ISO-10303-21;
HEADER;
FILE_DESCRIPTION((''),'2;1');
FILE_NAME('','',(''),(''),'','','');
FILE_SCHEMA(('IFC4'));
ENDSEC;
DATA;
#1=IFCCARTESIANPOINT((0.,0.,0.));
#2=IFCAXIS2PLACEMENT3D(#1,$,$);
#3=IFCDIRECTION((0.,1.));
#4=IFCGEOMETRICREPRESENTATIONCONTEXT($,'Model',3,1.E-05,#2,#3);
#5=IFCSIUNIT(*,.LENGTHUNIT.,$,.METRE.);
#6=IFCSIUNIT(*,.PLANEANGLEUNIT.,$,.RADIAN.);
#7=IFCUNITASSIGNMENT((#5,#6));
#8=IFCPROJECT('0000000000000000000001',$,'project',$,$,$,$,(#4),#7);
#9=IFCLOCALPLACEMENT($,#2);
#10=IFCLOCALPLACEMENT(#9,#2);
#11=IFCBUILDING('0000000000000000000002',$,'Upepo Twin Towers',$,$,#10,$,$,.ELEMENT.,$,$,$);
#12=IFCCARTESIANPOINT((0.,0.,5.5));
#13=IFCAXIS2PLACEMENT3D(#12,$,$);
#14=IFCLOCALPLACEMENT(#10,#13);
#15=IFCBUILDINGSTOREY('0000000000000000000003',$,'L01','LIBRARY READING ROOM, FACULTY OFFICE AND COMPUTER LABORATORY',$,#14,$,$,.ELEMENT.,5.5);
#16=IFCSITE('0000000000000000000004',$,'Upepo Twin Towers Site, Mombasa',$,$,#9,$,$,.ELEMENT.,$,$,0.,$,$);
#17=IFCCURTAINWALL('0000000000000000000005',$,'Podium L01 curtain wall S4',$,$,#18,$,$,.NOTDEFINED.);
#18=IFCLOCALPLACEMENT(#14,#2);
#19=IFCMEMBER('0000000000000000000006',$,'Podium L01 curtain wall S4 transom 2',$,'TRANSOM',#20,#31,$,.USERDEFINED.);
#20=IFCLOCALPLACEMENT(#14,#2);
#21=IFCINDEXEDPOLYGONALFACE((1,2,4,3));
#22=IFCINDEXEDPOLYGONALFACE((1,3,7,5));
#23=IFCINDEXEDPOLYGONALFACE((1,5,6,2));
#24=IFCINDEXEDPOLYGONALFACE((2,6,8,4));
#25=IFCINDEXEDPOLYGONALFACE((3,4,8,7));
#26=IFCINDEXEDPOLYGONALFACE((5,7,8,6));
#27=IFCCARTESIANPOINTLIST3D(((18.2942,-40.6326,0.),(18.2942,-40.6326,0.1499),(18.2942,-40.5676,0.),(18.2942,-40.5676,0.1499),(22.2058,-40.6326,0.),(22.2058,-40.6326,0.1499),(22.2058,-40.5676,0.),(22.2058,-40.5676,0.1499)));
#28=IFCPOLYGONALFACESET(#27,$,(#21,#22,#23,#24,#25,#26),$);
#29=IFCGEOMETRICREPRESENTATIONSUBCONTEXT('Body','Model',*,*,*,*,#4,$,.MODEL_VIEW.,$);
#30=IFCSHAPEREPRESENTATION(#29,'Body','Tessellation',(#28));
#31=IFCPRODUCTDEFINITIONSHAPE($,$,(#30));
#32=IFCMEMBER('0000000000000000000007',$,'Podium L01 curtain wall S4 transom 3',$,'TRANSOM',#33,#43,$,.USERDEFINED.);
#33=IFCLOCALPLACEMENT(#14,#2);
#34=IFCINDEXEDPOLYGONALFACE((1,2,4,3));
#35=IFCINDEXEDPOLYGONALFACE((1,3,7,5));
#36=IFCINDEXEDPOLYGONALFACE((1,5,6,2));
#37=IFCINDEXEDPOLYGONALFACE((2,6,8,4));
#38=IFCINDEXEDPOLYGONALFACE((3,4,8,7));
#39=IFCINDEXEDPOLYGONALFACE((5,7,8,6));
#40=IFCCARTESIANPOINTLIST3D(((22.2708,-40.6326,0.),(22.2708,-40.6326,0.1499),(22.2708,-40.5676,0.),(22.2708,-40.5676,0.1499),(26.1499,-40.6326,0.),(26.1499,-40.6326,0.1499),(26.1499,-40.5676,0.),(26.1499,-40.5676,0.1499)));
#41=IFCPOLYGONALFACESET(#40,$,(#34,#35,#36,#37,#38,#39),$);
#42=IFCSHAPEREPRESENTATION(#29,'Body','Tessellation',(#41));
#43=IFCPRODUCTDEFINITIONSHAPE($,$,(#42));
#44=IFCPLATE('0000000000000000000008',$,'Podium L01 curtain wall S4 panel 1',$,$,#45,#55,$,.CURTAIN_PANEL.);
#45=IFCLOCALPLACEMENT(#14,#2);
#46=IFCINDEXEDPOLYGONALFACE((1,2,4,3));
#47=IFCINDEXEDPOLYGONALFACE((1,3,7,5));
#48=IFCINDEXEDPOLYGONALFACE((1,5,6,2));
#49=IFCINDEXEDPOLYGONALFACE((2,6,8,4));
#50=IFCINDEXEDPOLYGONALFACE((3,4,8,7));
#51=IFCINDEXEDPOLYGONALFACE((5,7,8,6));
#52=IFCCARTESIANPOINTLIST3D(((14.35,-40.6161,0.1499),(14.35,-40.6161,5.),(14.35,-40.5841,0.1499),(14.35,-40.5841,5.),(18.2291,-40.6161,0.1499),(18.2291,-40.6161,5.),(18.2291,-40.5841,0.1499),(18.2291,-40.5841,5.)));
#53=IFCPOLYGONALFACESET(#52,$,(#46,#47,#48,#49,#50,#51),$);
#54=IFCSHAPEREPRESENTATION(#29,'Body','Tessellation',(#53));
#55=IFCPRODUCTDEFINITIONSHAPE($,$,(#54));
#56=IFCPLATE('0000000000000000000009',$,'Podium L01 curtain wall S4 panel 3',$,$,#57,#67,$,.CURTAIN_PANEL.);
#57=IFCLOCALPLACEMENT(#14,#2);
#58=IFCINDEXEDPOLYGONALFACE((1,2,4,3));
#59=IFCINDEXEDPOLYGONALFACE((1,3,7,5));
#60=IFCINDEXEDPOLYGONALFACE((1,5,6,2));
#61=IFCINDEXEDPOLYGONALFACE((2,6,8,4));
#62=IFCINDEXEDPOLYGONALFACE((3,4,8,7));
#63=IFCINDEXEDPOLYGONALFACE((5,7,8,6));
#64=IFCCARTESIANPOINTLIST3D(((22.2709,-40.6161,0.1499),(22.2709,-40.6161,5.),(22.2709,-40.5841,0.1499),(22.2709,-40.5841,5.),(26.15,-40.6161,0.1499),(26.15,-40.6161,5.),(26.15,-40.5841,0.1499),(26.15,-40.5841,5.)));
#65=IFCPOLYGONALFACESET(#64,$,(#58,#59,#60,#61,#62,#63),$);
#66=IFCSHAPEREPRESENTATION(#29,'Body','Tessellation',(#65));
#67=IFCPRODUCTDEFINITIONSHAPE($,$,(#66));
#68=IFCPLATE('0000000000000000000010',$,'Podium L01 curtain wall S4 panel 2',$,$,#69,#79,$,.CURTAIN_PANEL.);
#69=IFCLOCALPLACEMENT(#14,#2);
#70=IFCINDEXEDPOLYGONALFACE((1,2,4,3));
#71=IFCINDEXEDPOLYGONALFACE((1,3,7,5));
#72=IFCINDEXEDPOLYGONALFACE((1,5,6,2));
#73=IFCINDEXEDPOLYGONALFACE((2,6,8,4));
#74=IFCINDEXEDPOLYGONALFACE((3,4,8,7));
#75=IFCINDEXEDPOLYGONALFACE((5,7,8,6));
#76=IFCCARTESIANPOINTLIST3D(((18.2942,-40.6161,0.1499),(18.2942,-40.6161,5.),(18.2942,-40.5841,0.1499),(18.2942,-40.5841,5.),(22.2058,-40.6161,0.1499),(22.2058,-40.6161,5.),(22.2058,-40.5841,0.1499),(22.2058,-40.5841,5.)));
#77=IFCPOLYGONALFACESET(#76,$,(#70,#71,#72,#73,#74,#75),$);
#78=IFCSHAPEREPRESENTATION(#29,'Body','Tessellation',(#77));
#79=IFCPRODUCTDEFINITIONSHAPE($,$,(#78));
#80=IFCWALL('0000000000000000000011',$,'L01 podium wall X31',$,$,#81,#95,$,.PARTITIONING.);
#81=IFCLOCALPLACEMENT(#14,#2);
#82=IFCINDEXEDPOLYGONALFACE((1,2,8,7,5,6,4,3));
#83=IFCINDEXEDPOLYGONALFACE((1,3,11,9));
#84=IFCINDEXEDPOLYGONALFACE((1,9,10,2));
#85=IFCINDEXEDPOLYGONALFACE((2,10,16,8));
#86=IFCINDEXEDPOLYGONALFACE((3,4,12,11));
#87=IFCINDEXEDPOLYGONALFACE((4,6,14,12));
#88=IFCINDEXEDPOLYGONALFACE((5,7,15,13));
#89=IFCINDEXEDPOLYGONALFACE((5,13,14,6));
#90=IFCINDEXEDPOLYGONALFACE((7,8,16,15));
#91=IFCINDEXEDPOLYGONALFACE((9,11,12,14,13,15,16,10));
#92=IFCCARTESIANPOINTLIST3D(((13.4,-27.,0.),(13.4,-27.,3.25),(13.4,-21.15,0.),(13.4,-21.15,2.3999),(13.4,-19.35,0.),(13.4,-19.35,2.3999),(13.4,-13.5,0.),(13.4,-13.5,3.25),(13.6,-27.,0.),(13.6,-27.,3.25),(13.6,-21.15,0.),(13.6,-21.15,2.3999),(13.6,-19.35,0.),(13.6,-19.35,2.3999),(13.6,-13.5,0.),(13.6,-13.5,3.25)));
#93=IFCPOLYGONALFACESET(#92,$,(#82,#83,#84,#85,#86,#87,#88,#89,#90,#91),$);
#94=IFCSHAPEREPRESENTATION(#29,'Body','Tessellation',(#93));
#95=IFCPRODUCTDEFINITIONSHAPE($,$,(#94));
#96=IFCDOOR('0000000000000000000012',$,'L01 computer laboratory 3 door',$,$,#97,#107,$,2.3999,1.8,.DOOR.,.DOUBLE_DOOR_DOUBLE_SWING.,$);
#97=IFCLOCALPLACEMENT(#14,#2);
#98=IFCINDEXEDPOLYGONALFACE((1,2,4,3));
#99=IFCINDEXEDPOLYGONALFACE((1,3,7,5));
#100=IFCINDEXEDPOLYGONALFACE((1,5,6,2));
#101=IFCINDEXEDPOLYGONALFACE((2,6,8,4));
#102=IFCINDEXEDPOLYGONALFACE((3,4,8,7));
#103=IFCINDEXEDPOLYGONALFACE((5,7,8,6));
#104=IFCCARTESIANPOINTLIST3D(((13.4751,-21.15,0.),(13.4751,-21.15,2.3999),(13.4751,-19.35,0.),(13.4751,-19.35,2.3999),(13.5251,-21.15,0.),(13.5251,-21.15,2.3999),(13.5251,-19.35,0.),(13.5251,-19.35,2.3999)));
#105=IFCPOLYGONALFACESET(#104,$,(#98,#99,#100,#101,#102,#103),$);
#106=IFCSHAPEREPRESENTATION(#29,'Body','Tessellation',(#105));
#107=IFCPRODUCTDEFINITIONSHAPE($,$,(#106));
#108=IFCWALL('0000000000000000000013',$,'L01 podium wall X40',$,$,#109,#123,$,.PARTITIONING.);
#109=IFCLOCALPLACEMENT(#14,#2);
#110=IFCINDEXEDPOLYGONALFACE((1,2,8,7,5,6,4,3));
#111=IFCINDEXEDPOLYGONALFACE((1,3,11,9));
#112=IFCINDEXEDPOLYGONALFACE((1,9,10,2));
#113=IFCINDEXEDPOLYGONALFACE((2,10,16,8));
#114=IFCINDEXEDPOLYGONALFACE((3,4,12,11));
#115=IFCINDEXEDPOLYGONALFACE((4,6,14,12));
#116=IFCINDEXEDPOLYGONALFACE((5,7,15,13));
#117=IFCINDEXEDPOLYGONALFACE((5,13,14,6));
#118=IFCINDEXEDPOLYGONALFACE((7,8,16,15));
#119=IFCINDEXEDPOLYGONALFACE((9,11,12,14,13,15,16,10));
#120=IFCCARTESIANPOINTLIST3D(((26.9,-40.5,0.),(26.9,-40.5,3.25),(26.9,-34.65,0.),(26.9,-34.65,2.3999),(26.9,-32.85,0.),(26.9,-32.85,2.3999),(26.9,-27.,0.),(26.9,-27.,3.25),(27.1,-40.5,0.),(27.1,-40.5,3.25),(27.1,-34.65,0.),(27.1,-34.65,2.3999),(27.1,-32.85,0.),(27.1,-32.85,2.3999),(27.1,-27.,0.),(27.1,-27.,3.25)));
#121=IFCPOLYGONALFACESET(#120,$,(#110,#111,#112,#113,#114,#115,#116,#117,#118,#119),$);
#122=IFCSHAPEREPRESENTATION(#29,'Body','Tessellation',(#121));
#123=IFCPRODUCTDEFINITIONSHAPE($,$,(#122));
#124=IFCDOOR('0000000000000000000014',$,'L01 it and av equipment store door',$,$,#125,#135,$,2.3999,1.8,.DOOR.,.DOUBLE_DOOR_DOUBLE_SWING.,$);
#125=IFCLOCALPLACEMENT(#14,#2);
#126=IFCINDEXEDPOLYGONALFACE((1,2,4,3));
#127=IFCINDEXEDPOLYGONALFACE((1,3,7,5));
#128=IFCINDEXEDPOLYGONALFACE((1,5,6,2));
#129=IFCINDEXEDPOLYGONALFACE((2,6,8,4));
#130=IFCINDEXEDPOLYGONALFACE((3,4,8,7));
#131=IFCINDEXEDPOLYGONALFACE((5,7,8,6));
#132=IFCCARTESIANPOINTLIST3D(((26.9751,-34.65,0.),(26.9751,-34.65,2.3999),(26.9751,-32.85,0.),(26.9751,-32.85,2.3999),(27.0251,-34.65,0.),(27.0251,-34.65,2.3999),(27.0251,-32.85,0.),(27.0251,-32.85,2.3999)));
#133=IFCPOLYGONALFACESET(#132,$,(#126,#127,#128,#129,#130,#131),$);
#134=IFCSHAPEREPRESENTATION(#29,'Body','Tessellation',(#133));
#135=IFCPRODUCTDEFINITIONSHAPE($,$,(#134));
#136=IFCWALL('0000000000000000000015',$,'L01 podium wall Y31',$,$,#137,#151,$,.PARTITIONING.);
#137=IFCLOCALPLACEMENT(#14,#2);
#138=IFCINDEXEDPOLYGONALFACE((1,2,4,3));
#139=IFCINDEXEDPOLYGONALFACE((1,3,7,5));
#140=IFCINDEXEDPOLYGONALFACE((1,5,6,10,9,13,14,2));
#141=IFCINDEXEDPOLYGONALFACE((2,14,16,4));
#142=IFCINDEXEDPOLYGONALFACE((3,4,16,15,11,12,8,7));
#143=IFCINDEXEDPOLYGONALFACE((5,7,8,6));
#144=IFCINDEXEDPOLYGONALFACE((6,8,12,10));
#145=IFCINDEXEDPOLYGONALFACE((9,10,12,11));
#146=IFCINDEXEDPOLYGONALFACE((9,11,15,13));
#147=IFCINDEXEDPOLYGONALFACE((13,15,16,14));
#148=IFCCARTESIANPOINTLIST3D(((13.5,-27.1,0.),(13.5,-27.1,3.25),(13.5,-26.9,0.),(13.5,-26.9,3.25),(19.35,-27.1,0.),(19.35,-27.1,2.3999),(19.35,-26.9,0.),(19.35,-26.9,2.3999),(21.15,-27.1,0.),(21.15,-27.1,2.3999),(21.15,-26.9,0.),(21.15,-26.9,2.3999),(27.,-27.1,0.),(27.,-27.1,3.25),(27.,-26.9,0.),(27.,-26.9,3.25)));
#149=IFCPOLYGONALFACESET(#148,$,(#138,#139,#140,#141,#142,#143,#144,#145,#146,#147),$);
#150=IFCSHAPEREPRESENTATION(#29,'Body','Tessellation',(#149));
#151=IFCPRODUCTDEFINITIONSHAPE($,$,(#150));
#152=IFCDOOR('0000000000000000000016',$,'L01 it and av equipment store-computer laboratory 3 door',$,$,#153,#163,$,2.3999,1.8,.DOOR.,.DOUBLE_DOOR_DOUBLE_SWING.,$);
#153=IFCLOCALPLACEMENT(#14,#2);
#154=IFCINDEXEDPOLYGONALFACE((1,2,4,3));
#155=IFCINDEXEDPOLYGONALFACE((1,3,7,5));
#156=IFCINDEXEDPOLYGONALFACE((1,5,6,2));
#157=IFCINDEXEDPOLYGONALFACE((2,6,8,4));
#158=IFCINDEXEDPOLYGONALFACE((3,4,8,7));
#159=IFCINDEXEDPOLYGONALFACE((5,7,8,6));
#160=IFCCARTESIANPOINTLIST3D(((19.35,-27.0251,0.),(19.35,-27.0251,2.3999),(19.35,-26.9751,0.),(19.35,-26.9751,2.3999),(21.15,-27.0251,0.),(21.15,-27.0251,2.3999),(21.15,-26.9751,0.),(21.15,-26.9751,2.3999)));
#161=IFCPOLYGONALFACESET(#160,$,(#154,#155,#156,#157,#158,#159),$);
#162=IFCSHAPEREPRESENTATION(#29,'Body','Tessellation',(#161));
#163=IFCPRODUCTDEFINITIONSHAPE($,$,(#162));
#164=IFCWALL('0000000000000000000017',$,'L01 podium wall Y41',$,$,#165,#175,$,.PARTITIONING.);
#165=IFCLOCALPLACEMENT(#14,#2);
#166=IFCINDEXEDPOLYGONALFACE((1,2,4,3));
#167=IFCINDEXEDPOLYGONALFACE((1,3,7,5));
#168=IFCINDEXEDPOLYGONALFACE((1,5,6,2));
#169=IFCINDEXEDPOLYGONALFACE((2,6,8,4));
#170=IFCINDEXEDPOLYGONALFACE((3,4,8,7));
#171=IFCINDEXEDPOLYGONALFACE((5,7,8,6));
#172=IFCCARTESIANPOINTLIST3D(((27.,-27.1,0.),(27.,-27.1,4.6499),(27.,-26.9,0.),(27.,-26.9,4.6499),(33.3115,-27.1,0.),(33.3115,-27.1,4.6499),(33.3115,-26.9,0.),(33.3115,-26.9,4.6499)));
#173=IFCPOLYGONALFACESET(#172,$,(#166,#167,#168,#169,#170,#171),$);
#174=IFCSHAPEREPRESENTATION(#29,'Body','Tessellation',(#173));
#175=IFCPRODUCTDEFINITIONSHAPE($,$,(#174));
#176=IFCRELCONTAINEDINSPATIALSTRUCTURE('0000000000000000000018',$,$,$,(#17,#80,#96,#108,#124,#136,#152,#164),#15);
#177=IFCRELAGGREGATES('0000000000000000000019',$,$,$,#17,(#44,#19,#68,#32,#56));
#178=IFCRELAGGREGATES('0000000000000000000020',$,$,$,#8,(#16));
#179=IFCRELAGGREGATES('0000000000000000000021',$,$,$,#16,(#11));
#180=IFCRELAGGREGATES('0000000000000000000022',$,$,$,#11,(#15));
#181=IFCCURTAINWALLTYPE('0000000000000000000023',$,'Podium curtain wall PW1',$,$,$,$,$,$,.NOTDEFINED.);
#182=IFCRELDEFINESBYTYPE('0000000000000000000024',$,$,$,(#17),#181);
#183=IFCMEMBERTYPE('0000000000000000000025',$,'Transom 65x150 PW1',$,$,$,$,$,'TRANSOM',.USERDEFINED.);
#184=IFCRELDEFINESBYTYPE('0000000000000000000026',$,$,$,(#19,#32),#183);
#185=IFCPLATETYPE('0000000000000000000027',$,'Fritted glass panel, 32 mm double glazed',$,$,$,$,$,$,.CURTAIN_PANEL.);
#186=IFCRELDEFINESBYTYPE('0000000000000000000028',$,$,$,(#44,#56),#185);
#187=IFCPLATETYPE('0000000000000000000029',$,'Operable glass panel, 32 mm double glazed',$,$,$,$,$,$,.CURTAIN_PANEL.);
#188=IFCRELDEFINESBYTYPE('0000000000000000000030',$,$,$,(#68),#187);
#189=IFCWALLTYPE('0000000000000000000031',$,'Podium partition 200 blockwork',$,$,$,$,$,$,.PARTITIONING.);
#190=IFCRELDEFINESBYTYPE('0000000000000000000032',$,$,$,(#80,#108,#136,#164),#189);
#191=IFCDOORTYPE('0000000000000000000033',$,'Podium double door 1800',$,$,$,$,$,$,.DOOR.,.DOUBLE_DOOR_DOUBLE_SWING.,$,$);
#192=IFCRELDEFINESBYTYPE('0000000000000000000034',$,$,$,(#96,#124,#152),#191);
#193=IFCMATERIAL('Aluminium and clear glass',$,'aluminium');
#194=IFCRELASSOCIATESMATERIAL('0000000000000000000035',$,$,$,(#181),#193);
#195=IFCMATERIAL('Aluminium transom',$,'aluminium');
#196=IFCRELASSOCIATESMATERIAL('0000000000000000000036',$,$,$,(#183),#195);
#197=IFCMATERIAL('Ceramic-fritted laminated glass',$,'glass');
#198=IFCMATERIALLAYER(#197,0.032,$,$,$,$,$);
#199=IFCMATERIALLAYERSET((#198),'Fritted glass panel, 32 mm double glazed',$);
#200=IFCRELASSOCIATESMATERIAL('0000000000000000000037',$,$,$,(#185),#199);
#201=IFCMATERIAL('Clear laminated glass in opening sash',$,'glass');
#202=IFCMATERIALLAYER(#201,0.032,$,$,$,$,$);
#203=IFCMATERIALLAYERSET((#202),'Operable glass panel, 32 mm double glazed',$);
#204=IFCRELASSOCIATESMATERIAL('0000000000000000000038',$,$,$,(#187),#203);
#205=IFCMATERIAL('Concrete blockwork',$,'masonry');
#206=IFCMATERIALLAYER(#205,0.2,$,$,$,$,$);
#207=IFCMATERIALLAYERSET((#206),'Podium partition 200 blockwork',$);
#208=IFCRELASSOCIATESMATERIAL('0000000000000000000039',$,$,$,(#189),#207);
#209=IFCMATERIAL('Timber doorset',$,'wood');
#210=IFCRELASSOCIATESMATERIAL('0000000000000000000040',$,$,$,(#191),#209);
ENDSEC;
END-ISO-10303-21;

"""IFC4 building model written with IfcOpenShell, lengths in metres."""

from ifc_helpers import new_model, si_unit, direction, frame, frame_2d, origin, origin_2d, place, context, subcontext, project, spatial, rectangle, extrude, material, layer, layer_set, material_profile, profile_set, type_object, element, fill, aggregate, save


model = new_model("IFC4")

# Units and contexts
model_context = context("Model", 3, precision=1e-05, world=origin(), true_north=direction((0.0, 1.0)))
body_context = subcontext(model_context, "Body", "Model", "MODEL_VIEW")
ifc_project = project(units=[si_unit("LENGTHUNIT", "METRE"), si_unit("PLANEANGLEUNIT", "RADIAN")], contexts=[model_context])

# Site, building, storey
site_placement = place(None, origin())
site = spatial("IfcSite", under=ifc_project, at=site_placement, Name="Upepo Twin Towers Site, Mombasa", CompositionType="ELEMENT", RefElevation=0.0)
building_placement = place(site_placement, origin())
building = spatial("IfcBuilding", under=site, at=building_placement, Name="Upepo Twin Towers", CompositionType="ELEMENT")
storey_placement = place(building_placement, frame((0.0, 0.0, 5.5)))
storey = spatial("IfcBuildingStorey", under=building, at=storey_placement, Name="L01", Description="LIBRARY READING ROOM, FACULTY OFFICE AND COMPUTER LABORATORY", CompositionType="ELEMENT", Elevation=5.5)

# Curtain wall
ifc_material_1 = material(Name="Aluminium and clear glass", Category="aluminium")
curtain_wall_type = type_object("IfcCurtainWallType", Name="Podium curtain wall PW1", PredefinedType="NOTDEFINED", material=ifc_material_1)
curtain_wall_placement = place(storey_placement, origin())
curtain_wall = element("IfcCurtainWall", 1, at=curtain_wall_placement, inside=storey, type_object=curtain_wall_type, Name="Podium L01 curtain wall S4", PredefinedType="NOTDEFINED")

# Members
ifc_material_2 = material(Name="Aluminium transom", Category="aluminium")
ifc_material_profile_1 = material_profile(ifc_material_2, rectangle(XDim=0.0649, YDim=0.1499, at=origin_2d()), Name="TRANSOM 65x150 PODIUM")
ifc_profile_set_1 = profile_set([ifc_material_profile_1], Name="Aluminium transom")
member_type_1 = type_object("IfcMemberType", Name="Transom 65x150 PW1", ElementType="TRANSOM", PredefinedType="USERDEFINED", material=ifc_profile_set_1)
member_1_placement = place(storey_placement, frame((18.2942, -40.6001, 0.075), z_axis=(1.0, 0.0, 0.0), x_axis=(0.0, 1.0, 0.0)))
member_1 = element("IfcMember", 2, at=member_1_placement, type_object=member_type_1, Name="Podium L01 curtain wall S4 transom 2", ObjectType="TRANSOM", PredefinedType="USERDEFINED", context=body_context, shape_type="SweptSolid", body=[
    extrude(rectangle(XDim=0.0649, YDim=0.1499, at=origin_2d()), origin(), (0.0, 0.0, 1.0), 3.9116),
])
member_2_placement = place(storey_placement, frame((22.2708, -40.6001, 0.075), z_axis=(1.0, 0.0, 0.0), x_axis=(0.0, 1.0, 0.0)))
member_2 = element("IfcMember", 3, at=member_2_placement, type_object=member_type_1, Name="Podium L01 curtain wall S4 transom 3", ObjectType="TRANSOM", PredefinedType="USERDEFINED", context=body_context, shape_type="SweptSolid", body=[
    extrude(rectangle(XDim=0.0649, YDim=0.1499, at=origin_2d()), origin(), (0.0, 0.0, 1.0), 3.8792),
])

# Plates
ifc_material_3 = material(Name="Ceramic-fritted laminated glass", Category="glass")
ifc_layer_1 = layer(ifc_material_3, 0.032)
ifc_layer_set_1 = layer_set([ifc_layer_1], Name="Fritted glass panel, 32 mm double glazed")
plate_type_1 = type_object("IfcPlateType", Name="Fritted glass panel, 32 mm double glazed", PredefinedType="CURTAIN_PANEL", material=ifc_layer_set_1)
plate_1_placement = place(storey_placement, frame((16.2896, -40.6001, 0.1499), z_axis=(0.0, 0.0, 1.0), x_axis=(1.0, 0.0, 0.0)))
plate_1 = element("IfcPlate", 4, at=plate_1_placement, type_object=plate_type_1, Name="Podium L01 curtain wall S4 panel 1", PredefinedType="CURTAIN_PANEL", context=body_context, shape_type="SweptSolid", body=[
    extrude(rectangle(XDim=3.8792, YDim=0.032, at=origin_2d()), origin(), (0.0, 0.0, 1.0), 4.8501),
])
plate_2_placement = place(storey_placement, frame((24.2104, -40.6001, 0.1499), z_axis=(0.0, 0.0, 1.0), x_axis=(1.0, 0.0, 0.0)))
plate_2 = element("IfcPlate", 5, at=plate_2_placement, type_object=plate_type_1, Name="Podium L01 curtain wall S4 panel 3", PredefinedType="CURTAIN_PANEL", context=body_context, shape_type="SweptSolid", body=[
    extrude(rectangle(XDim=3.8792, YDim=0.032, at=origin_2d()), origin(), (0.0, 0.0, 1.0), 4.8501),
])
ifc_material_4 = material(Name="Clear laminated glass in opening sash", Category="glass")
ifc_layer_2 = layer(ifc_material_4, 0.032)
ifc_layer_set_2 = layer_set([ifc_layer_2], Name="Operable glass panel, 32 mm double glazed")
plate_type_2 = type_object("IfcPlateType", Name="Operable glass panel, 32 mm double glazed", PredefinedType="CURTAIN_PANEL", material=ifc_layer_set_2)
plate_3_placement = place(storey_placement, frame((20.25, -40.6001, 0.1499), z_axis=(0.0, 0.0, 1.0), x_axis=(1.0, 0.0, 0.0)))
plate_3 = element("IfcPlate", 6, at=plate_3_placement, type_object=plate_type_2, Name="Podium L01 curtain wall S4 panel 2", PredefinedType="CURTAIN_PANEL", context=body_context, shape_type="SweptSolid", body=[
    extrude(rectangle(XDim=3.9116, YDim=0.032, at=origin_2d()), origin(), (0.0, 0.0, 1.0), 4.8501),
])
aggregate(curtain_wall, [plate_1, member_1, plate_3, member_2, plate_2])

# Walls, openings, doors
ifc_material_5 = material(Name="Concrete blockwork", Category="masonry")
ifc_layer_3 = layer(ifc_material_5, 0.2)
ifc_layer_set_3 = layer_set([ifc_layer_3], Name="Podium partition 200 blockwork")
wall_type = type_object("IfcWallType", Name="Podium partition 200 blockwork", PredefinedType="PARTITIONING", material=ifc_layer_set_3)
wall_1_placement = place(storey_placement, frame((13.5, -27.0, 0.0), z_axis=(0.0, 0.0, 1.0), x_axis=(0.0, 1.0, 0.0)))
wall_1 = element("IfcWall", 7, at=wall_1_placement, inside=storey, type_object=wall_type, Name="L01 podium wall X31", PredefinedType="PARTITIONING", context=body_context, shape_type="SweptSolid", body=[
    extrude(rectangle(XDim=13.5, YDim=0.2, at=frame_2d((6.75, 0.0))), origin(), (0.0, 0.0, 1.0), 3.25),
])
opening_1_placement = place(wall_1_placement, frame((5.8501, 0.0, 0.0)))
opening_1 = element("IfcOpeningElement", 8, at=opening_1_placement, cuts=wall_1, PredefinedType="OPENING", context=body_context, shape_type="SweptSolid", body=[
    extrude(rectangle(XDim=1.8, YDim=2.3999, at=frame_2d((0.8999, 1.2))), frame((0.0, 0.1099, 0.0), z_axis=(0.0, -1.0, 0.0), x_axis=(1.0, 0.0, 0.0)), (0.0, 0.0, 1.0), 0.22),
])
ifc_material_6 = material(Name="Timber doorset", Category="wood")
door_type = type_object("IfcDoorType", Name="Podium double door 1800", OperationType="DOUBLE_DOOR_DOUBLE_SWING", PredefinedType="DOOR", material=ifc_material_6)
door_1_placement = place(opening_1_placement, origin())
door_1 = element("IfcDoor", 9, at=door_1_placement, inside=storey, type_object=door_type, Name="L01 computer laboratory 3 door", OperationType="DOUBLE_DOOR_DOUBLE_SWING", OverallHeight=2.3999, OverallWidth=1.8, PredefinedType="DOOR", context=body_context, shape_type="SweptSolid", body=[
    extrude(rectangle(XDim=1.8, YDim=2.3999, at=frame_2d((0.8999, 1.2))), frame((0.0, 0.0249, 0.0), z_axis=(0.0, -1.0, 0.0), x_axis=(1.0, 0.0, 0.0)), (0.0, 0.0, 1.0), 0.05),
])
fill(opening_1, door_1)
wall_2_placement = place(storey_placement, frame((27.0, -40.5, 0.0), z_axis=(0.0, 0.0, 1.0), x_axis=(0.0, 1.0, 0.0)))
wall_2 = element("IfcWall", 10, at=wall_2_placement, inside=storey, type_object=wall_type, Name="L01 podium wall X40", PredefinedType="PARTITIONING", context=body_context, shape_type="SweptSolid", body=[
    extrude(rectangle(XDim=13.5, YDim=0.2, at=frame_2d((6.75, 0.0))), origin(), (0.0, 0.0, 1.0), 3.25),
])
opening_2_placement = place(wall_2_placement, frame((5.8501, 0.0, 0.0)))
opening_2 = element("IfcOpeningElement", 11, at=opening_2_placement, cuts=wall_2, PredefinedType="OPENING", context=body_context, shape_type="SweptSolid", body=[
    extrude(rectangle(XDim=1.8, YDim=2.3999, at=frame_2d((0.8999, 1.2))), frame((0.0, 0.1099, 0.0), z_axis=(0.0, -1.0, 0.0), x_axis=(1.0, 0.0, 0.0)), (0.0, 0.0, 1.0), 0.22),
])
door_2_placement = place(opening_2_placement, origin())
door_2 = element("IfcDoor", 12, at=door_2_placement, inside=storey, type_object=door_type, Name="L01 it and av equipment store door", OperationType="DOUBLE_DOOR_DOUBLE_SWING", OverallHeight=2.3999, OverallWidth=1.8, PredefinedType="DOOR", context=body_context, shape_type="SweptSolid", body=[
    extrude(rectangle(XDim=1.8, YDim=2.3999, at=frame_2d((0.8999, 1.2))), frame((0.0, 0.0249, 0.0), z_axis=(0.0, -1.0, 0.0), x_axis=(1.0, 0.0, 0.0)), (0.0, 0.0, 1.0), 0.05),
])
fill(opening_2, door_2)
wall_3_placement = place(storey_placement, frame((13.5, -27.0, 0.0), z_axis=(0.0, 0.0, 1.0), x_axis=(1.0, 0.0, 0.0)))
wall_3 = element("IfcWall", 13, at=wall_3_placement, inside=storey, type_object=wall_type, Name="L01 podium wall Y31", PredefinedType="PARTITIONING", context=body_context, shape_type="SweptSolid", body=[
    extrude(rectangle(XDim=13.5, YDim=0.2, at=frame_2d((6.75, 0.0))), origin(), (0.0, 0.0, 1.0), 3.25),
])
opening_3_placement = place(wall_3_placement, frame((5.8501, 0.0, 0.0)))
opening_3 = element("IfcOpeningElement", 14, at=opening_3_placement, cuts=wall_3, PredefinedType="OPENING", context=body_context, shape_type="SweptSolid", body=[
    extrude(rectangle(XDim=1.8, YDim=2.3999, at=frame_2d((0.8999, 1.2))), frame((0.0, 0.1099, 0.0), z_axis=(0.0, -1.0, 0.0), x_axis=(1.0, 0.0, 0.0)), (0.0, 0.0, 1.0), 0.22),
])
door_3_placement = place(opening_3_placement, origin())
door_3 = element("IfcDoor", 15, at=door_3_placement, inside=storey, type_object=door_type, Name="L01 it and av equipment store-computer laboratory 3 door", OperationType="DOUBLE_DOOR_DOUBLE_SWING", OverallHeight=2.3999, OverallWidth=1.8, PredefinedType="DOOR", context=body_context, shape_type="SweptSolid", body=[
    extrude(rectangle(XDim=1.8, YDim=2.3999, at=frame_2d((0.8999, 1.2))), frame((0.0, 0.0249, 0.0), z_axis=(0.0, -1.0, 0.0), x_axis=(1.0, 0.0, 0.0)), (0.0, 0.0, 1.0), 0.05),
])
fill(opening_3, door_3)

# Wall
wall_4_placement = place(storey_placement, frame((27.0, -27.0, 0.0), z_axis=(0.0, 0.0, 1.0), x_axis=(1.0, 0.0, 0.0)))
element("IfcWall", 16, at=wall_4_placement, inside=storey, type_object=wall_type, Name="L01 podium wall Y41", PredefinedType="PARTITIONING", context=body_context, shape_type="SweptSolid", body=[
    extrude(rectangle(XDim=6.3115, YDim=0.2, at=frame_2d((3.1558, 0.0))), origin(), (0.0, 0.0, 1.0), 4.6499),
])

save(model, "model.ifc")
